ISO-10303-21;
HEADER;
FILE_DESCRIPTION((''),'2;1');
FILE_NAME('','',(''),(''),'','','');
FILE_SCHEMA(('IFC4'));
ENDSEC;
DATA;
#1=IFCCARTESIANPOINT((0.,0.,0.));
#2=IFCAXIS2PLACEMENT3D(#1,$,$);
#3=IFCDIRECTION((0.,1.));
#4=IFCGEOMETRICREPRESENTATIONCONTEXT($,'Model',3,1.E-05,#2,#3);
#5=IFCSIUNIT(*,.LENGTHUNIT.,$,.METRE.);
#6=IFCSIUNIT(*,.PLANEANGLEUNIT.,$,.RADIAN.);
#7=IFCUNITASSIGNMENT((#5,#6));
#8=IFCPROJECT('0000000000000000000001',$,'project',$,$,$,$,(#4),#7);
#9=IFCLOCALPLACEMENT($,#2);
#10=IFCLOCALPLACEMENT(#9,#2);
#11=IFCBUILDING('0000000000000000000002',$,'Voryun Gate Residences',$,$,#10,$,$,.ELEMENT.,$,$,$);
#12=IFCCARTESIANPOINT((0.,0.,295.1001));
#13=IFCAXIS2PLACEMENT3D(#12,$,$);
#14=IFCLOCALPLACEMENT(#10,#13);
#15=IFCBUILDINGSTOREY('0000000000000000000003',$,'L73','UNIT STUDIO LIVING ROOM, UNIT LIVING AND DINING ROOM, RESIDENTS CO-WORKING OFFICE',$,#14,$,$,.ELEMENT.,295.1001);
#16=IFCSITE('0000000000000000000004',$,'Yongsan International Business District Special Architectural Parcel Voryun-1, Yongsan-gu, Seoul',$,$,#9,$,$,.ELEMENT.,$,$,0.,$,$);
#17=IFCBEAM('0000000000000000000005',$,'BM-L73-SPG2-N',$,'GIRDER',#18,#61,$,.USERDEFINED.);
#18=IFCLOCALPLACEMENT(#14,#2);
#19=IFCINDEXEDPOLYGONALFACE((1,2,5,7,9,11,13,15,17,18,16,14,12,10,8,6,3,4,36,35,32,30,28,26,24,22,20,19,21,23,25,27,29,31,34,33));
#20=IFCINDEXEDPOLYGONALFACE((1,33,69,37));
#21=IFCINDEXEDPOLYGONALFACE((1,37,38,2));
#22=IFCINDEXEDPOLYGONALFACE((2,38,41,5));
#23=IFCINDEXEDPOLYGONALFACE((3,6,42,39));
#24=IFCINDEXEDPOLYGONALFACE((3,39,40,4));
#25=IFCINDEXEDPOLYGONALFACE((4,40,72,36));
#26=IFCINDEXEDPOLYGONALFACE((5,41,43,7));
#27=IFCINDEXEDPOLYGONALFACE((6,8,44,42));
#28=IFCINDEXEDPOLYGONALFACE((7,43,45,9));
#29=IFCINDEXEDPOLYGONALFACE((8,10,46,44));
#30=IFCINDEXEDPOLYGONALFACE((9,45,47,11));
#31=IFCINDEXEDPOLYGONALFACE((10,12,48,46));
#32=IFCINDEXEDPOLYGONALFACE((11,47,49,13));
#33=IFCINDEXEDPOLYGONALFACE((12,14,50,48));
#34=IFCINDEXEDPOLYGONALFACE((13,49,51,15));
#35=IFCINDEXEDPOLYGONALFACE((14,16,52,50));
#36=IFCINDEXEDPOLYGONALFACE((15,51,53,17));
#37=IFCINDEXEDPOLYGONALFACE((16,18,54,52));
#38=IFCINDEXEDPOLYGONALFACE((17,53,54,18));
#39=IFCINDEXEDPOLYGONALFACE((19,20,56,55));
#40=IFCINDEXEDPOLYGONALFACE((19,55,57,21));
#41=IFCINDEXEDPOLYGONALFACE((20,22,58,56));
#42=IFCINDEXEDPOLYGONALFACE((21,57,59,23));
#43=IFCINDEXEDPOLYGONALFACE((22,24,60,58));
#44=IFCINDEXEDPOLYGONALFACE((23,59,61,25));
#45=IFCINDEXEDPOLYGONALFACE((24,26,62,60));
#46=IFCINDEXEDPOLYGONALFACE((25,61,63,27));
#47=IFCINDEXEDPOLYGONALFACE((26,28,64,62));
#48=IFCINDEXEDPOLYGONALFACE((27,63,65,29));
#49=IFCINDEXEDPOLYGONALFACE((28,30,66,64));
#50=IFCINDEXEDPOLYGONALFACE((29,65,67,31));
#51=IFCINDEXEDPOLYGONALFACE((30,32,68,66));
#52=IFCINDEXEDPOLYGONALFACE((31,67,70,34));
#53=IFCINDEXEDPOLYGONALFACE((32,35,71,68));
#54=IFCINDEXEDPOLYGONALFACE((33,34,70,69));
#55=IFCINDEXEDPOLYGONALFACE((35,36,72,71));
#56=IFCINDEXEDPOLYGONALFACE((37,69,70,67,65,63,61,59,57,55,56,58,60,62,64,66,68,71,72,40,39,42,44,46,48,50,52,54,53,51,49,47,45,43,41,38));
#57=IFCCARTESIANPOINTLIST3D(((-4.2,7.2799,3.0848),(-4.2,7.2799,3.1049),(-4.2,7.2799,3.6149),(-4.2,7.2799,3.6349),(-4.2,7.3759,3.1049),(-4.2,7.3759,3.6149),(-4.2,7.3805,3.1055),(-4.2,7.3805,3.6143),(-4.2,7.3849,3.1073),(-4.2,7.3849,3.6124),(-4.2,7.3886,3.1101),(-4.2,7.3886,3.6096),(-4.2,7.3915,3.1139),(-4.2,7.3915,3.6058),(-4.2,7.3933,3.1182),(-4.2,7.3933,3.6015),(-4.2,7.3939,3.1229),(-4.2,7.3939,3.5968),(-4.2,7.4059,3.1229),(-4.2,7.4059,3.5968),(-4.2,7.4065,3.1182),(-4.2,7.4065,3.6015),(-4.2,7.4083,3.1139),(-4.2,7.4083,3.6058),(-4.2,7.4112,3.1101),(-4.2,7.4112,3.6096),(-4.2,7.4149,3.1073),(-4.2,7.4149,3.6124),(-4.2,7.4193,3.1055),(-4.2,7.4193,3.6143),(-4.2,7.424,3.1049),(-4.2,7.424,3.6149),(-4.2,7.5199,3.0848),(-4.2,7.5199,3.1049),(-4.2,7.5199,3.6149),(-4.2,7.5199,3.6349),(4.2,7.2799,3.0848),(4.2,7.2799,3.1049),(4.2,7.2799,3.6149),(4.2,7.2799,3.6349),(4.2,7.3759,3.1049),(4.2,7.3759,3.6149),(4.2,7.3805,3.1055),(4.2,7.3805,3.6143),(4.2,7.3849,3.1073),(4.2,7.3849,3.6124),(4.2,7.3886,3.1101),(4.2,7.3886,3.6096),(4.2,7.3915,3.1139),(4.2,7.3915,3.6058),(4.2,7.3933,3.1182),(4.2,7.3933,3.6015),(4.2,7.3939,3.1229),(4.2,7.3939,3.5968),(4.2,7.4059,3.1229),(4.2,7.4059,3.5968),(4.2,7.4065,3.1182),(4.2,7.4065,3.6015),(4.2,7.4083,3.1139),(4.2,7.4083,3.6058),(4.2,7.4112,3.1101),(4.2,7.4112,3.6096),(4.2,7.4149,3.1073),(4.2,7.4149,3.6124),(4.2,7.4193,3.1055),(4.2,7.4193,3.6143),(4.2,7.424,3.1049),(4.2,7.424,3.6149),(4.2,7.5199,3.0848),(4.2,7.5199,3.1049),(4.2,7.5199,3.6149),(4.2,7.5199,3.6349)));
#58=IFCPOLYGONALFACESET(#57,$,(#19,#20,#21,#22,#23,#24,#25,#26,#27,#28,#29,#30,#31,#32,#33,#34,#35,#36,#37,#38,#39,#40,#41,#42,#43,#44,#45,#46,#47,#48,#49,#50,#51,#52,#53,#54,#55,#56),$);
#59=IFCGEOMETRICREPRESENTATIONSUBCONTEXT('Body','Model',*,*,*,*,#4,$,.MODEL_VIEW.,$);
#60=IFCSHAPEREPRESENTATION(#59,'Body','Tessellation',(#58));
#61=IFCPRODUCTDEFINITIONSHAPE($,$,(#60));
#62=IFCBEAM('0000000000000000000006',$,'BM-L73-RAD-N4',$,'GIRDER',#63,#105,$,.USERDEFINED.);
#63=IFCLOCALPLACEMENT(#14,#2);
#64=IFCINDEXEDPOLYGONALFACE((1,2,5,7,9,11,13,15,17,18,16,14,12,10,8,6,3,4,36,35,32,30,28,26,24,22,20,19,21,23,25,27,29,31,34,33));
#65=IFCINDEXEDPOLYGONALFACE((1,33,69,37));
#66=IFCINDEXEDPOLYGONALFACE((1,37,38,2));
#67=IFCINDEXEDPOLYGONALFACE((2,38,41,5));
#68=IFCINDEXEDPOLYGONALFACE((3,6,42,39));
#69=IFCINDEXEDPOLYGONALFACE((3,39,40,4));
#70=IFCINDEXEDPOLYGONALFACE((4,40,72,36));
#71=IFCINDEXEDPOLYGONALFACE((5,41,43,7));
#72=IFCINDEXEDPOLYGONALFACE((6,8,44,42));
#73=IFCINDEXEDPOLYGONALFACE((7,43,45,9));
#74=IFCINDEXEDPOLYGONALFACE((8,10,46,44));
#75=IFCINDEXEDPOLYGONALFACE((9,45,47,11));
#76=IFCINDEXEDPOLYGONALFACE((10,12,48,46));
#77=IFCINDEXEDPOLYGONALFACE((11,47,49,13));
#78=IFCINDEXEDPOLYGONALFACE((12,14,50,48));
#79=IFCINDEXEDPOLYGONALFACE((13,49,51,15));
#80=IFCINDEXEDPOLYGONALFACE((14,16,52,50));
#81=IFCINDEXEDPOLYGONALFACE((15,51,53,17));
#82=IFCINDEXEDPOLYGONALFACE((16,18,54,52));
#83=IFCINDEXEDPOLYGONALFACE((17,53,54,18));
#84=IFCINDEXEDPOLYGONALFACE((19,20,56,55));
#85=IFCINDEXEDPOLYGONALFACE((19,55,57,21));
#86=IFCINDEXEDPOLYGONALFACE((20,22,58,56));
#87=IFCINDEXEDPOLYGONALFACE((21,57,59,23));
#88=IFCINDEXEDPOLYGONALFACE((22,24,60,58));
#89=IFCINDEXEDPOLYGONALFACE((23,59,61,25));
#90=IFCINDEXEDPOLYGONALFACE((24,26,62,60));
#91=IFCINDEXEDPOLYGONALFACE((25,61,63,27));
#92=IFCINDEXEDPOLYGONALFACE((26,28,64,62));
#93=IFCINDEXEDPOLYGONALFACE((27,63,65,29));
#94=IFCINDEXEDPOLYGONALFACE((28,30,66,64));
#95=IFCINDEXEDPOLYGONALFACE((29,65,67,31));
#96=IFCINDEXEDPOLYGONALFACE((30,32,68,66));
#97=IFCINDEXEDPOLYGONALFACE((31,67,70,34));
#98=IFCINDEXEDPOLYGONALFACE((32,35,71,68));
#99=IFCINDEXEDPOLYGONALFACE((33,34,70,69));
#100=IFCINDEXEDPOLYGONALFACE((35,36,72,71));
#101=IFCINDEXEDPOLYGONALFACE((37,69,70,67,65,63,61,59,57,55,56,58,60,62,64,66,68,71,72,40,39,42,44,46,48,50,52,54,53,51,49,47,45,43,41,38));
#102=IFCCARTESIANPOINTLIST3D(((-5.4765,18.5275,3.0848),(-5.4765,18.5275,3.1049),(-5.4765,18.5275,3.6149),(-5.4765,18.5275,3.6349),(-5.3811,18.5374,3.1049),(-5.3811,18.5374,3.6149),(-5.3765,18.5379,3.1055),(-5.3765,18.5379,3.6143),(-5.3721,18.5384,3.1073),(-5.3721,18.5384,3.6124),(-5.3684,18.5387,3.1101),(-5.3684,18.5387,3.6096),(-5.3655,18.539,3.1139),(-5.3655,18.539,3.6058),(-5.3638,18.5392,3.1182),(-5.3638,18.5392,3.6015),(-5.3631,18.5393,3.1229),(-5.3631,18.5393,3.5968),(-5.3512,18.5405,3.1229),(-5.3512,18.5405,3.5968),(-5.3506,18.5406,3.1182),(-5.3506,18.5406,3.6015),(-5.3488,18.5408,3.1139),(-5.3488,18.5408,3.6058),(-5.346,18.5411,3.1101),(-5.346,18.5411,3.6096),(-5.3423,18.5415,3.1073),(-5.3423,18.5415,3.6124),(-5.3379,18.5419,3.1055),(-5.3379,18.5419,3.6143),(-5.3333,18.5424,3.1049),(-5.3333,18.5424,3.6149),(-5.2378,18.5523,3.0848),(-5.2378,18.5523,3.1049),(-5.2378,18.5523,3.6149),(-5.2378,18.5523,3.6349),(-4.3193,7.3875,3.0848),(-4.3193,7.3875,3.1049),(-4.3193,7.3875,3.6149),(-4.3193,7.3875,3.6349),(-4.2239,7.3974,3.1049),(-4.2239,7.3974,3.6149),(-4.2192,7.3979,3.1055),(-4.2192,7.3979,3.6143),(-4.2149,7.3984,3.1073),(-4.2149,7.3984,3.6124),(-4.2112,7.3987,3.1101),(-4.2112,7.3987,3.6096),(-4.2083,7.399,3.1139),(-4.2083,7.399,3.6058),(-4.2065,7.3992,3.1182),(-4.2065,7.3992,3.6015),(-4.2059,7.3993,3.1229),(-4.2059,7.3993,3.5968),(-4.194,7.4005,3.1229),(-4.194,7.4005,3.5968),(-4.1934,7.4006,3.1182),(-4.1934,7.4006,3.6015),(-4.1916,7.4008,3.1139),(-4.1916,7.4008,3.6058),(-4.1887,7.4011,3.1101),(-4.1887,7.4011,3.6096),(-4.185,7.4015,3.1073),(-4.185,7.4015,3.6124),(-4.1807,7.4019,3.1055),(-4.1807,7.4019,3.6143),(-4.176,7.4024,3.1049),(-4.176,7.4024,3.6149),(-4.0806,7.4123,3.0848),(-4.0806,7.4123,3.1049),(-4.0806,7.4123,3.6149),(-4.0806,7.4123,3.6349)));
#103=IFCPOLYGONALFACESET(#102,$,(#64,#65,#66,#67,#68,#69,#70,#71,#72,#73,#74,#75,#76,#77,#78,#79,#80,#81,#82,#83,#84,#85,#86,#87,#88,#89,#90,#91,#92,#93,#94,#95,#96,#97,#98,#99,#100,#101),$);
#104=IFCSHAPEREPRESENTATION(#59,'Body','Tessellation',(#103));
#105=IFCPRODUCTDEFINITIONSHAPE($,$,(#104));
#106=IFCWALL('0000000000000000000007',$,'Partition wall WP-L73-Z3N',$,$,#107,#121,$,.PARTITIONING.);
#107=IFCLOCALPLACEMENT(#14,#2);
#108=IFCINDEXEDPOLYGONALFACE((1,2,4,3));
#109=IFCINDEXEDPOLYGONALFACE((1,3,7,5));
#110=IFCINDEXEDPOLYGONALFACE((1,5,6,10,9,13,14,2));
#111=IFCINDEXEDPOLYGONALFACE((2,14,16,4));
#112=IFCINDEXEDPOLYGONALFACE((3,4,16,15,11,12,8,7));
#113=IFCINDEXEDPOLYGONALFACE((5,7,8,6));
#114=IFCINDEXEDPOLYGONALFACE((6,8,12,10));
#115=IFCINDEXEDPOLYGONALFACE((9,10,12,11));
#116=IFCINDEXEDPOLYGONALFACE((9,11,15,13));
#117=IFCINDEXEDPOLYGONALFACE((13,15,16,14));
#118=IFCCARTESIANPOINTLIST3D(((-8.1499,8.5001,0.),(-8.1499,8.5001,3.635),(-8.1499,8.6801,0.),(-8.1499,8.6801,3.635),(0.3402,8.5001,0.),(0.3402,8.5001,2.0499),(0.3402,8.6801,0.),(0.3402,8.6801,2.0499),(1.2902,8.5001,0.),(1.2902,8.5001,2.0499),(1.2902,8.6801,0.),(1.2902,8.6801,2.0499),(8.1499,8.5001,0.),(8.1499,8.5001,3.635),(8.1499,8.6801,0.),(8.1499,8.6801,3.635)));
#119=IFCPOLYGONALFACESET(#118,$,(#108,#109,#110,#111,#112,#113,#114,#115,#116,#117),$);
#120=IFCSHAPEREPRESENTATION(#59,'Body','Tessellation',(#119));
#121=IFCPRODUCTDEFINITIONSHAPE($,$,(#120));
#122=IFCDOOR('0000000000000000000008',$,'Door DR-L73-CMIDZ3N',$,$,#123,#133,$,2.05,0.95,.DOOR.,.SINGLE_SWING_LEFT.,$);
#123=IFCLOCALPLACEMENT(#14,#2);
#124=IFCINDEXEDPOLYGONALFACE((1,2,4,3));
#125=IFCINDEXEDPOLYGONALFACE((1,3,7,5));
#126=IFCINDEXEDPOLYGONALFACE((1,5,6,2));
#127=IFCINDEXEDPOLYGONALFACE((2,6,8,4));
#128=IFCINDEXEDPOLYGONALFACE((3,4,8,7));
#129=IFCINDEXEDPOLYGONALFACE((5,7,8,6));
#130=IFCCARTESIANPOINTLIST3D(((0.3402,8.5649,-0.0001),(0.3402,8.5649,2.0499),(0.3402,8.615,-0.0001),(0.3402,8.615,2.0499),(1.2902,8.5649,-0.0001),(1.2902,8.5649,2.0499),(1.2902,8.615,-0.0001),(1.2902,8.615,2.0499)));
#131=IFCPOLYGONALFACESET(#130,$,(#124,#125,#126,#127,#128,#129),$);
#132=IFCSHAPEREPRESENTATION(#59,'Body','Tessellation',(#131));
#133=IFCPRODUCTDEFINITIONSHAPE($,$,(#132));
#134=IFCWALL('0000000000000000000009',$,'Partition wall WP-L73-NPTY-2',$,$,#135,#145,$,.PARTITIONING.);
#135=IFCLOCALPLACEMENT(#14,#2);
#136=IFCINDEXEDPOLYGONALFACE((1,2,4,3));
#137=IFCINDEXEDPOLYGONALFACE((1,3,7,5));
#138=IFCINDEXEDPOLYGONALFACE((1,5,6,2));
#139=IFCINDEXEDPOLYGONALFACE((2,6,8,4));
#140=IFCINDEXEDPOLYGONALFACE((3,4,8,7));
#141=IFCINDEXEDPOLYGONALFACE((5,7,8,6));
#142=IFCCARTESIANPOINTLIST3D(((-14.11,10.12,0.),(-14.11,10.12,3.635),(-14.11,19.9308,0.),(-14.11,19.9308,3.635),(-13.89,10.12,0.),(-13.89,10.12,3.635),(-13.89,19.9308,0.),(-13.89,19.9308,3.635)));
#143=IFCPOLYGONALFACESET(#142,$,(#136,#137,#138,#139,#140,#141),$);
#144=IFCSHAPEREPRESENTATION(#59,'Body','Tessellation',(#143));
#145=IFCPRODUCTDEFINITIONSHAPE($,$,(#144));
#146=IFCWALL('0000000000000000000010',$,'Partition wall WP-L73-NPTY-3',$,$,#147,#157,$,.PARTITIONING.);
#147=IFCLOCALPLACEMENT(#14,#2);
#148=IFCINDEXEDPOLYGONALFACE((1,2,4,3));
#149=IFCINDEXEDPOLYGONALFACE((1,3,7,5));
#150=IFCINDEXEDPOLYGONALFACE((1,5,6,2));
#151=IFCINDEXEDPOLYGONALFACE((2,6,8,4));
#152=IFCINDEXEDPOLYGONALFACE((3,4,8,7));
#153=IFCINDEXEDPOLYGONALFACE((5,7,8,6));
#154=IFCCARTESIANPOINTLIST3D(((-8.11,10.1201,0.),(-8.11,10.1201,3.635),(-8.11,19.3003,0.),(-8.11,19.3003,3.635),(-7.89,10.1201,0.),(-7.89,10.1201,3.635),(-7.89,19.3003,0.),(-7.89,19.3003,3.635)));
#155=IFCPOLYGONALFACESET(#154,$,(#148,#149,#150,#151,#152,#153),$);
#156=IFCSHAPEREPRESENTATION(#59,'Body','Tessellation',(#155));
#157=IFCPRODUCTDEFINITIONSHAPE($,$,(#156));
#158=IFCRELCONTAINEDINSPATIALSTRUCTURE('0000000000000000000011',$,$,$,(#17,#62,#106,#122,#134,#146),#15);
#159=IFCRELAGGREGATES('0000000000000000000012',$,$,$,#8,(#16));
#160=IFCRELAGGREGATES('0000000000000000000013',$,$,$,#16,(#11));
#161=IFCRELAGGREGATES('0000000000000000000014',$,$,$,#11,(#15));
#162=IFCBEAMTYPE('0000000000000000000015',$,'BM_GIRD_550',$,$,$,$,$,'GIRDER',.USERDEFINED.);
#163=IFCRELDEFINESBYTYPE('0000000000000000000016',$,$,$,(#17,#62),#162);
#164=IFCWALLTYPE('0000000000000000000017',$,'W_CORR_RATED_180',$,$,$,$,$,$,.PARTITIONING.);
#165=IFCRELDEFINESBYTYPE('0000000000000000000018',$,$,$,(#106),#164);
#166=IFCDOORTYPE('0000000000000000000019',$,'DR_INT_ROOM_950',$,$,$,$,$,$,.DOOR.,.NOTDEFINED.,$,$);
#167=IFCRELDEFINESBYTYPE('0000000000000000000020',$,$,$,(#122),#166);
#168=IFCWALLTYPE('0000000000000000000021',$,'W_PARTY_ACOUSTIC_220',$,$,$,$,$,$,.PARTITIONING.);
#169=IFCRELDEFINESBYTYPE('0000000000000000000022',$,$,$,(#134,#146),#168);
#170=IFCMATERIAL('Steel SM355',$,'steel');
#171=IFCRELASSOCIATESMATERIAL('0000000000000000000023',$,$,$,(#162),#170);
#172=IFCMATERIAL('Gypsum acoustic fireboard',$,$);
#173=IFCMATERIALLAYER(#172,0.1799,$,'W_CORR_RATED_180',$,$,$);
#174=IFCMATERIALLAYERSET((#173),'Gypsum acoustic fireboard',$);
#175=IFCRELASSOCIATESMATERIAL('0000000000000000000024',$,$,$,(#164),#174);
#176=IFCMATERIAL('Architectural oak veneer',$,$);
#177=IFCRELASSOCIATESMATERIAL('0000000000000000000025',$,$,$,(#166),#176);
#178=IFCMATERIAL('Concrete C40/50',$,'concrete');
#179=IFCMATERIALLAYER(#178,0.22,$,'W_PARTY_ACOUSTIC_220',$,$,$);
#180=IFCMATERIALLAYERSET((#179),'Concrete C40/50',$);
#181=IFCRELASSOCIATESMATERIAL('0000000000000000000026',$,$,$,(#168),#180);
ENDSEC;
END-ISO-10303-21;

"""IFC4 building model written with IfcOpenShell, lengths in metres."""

from ifc_helpers import new_model, si_unit, direction, frame, frame_2d, origin, origin_2d, place, context, subcontext, project, spatial, rectangle, i_section, extrude, material, layer, layer_set, material_profile, profile_set, type_object, element, fill, save


model = new_model("IFC4")

# Units and contexts
model_context = context("Model", 3, precision=1e-05, world=origin(), true_north=direction((0.0, 1.0)))
body_context = subcontext(model_context, "Body", "Model", "MODEL_VIEW")
ifc_project = project(units=[si_unit("LENGTHUNIT", "METRE"), si_unit("PLANEANGLEUNIT", "RADIAN")], contexts=[model_context])

# Site, building, storey
site_placement = place(None, origin())
site = spatial("IfcSite", under=ifc_project, at=site_placement, Name="Yongsan International Business District Special Architectural Parcel Voryun-1, Yongsan-gu, Seoul", CompositionType="ELEMENT", RefElevation=0.0)
building_placement = place(site_placement, origin())
building = spatial("IfcBuilding", under=site, at=building_placement, Name="Voryun Gate Residences", CompositionType="ELEMENT")
storey_placement = place(building_placement, frame((0.0, 0.0, 295.1001)))
storey = spatial("IfcBuildingStorey", under=building, at=storey_placement, Name="L73", Description="UNIT STUDIO LIVING ROOM, UNIT LIVING AND DINING ROOM, RESIDENTS CO-WORKING OFFICE", CompositionType="ELEMENT", Elevation=295.1001)

# Beams
ifc_material_1 = material(Name="Steel SM355", Category="steel")
ifc_material_profile_1 = material_profile(ifc_material_1, i_section(OverallWidth=0.24, OverallDepth=0.55, WebThickness=0.012, FlangeThickness=0.02, FilletRadius=0.0181, at=origin_2d()), Name="H-550x240x12x20")
ifc_profile_set_1 = profile_set([ifc_material_profile_1], Name="Steel SM355")
beam_type_1 = type_object("IfcBeamType", Name="BM_GIRD_550", ElementType="GIRDER", PredefinedType="USERDEFINED", material=ifc_profile_set_1)
beam_1_placement = place(storey_placement, frame((-4.2, 7.3999, 3.3599), z_axis=(1.0, 0.0, 0.0), x_axis=(0.0, 1.0, 0.0)))
element("IfcBeam", 1, at=beam_1_placement, inside=storey, type_object=beam_type_1, Name="BM-L73-SPG2-N", ObjectType="GIRDER", PredefinedType="USERDEFINED", context=body_context, shape_type="SweptSolid", body=[
    extrude(i_section(OverallWidth=0.24, OverallDepth=0.55, WebThickness=0.012, FlangeThickness=0.02, FilletRadius=0.0181, at=origin_2d()), origin(), (0.0, 0.0, 1.0), 8.3999),
])
beam_2_placement = place(storey_placement, frame((-4.2, 7.3999, 3.3599), z_axis=(-0.103325, 0.994648, 0.0), x_axis=(-0.994648, -0.103325, 0.0)))
element("IfcBeam", 2, at=beam_2_placement, inside=storey, type_object=beam_type_1, Name="BM-L73-RAD-N4", ObjectType="GIRDER", PredefinedType="USERDEFINED", context=body_context, shape_type="SweptSolid", body=[
    extrude(i_section(OverallWidth=0.24, OverallDepth=0.55, WebThickness=0.012, FlangeThickness=0.02, FilletRadius=0.0181, at=origin_2d()), origin(), (0.0, 0.0, 1.0), 11.2),
])

# Wall, opening, door
ifc_material_2 = material(Name="Gypsum acoustic fireboard")
ifc_layer_1 = layer(ifc_material_2, 0.1799, Name="W_CORR_RATED_180")
ifc_layer_set_1 = layer_set([ifc_layer_1], Name="Gypsum acoustic fireboard")
wall_type_1 = type_object("IfcWallType", Name="W_CORR_RATED_180", PredefinedType="PARTITIONING", material=ifc_layer_set_1)
wall_1_placement = place(storey_placement, frame((-8.1499, 8.5901, 0.0), z_axis=(0.0, 0.0, 1.0), x_axis=(1.0, 0.0, 0.0)))
wall_1 = element("IfcWall", 3, at=wall_1_placement, inside=storey, type_object=wall_type_1, Name="Partition wall WP-L73-Z3N", PredefinedType="PARTITIONING", context=body_context, shape_type="SweptSolid", body=[
    extrude(rectangle(XDim=16.2998, YDim=0.1799, at=frame_2d((8.1499, 0.0))), origin(), (0.0, 0.0, 1.0), 3.635),
])
opening_1_placement = place(wall_1_placement, frame((8.49, 0.0, 0.0)))
opening_1 = element("IfcOpeningElement", 4, at=opening_1_placement, cuts=wall_1, PredefinedType="OPENING", context=body_context, shape_type="SweptSolid", body=[
    extrude(rectangle(XDim=0.95, YDim=2.05, at=frame_2d((0.4751, 1.0249))), frame((0.0, 0.0999, 0.0), z_axis=(0.0, -1.0, 0.0), x_axis=(1.0, 0.0, 0.0)), (0.0, 0.0, 1.0), 0.2),
])
ifc_material_3 = material(Name="Architectural oak veneer")
door_type_1 = type_object("IfcDoorType", Name="DR_INT_ROOM_950", OperationType="NOTDEFINED", PredefinedType="DOOR", material=ifc_material_3)
door_1_placement = place(opening_1_placement, origin())
door_1 = element("IfcDoor", 5, at=door_1_placement, inside=storey, type_object=door_type_1, Name="Door DR-L73-CMIDZ3N", OperationType="SINGLE_SWING_LEFT", OverallHeight=2.05, OverallWidth=0.95, PredefinedType="DOOR", context=body_context, shape_type="SweptSolid", body=[
    extrude(rectangle(XDim=0.95, YDim=2.05, at=frame_2d((0.4751, 1.0249))), frame((0.0, 0.0249, 0.0), z_axis=(0.0, -1.0, 0.0), x_axis=(1.0, 0.0, 0.0)), (0.0, 0.0, 1.0), 0.05),
])
fill(opening_1, door_1)

# Walls
ifc_material_4 = material(Name="Concrete C40/50", Category="concrete")
ifc_layer_2 = layer(ifc_material_4, 0.22, Name="W_PARTY_ACOUSTIC_220")
ifc_layer_set_2 = layer_set([ifc_layer_2], Name="Concrete C40/50")
wall_type_2 = type_object("IfcWallType", Name="W_PARTY_ACOUSTIC_220", PredefinedType="PARTITIONING", material=ifc_layer_set_2)
wall_2_placement = place(storey_placement, frame((-14.0, 10.1201, 0.0), z_axis=(0.0, 0.0, 1.0), x_axis=(0.0, 1.0, 0.0)))
element("IfcWall", 6, at=wall_2_placement, inside=storey, type_object=wall_type_2, Name="Partition wall WP-L73-NPTY-2", PredefinedType="PARTITIONING", context=body_context, shape_type="SweptSolid", body=[
    extrude(rectangle(XDim=9.8108, YDim=0.22, at=frame_2d((4.9053, 0.0))), origin(), (0.0, 0.0, 1.0), 3.635),
])
wall_3_placement = place(storey_placement, frame((-8.0, 10.1201, 0.0), z_axis=(0.0, 0.0, 1.0), x_axis=(0.0, 1.0, 0.0)))
element("IfcWall", 7, at=wall_3_placement, inside=storey, type_object=wall_type_2, Name="Partition wall WP-L73-NPTY-3", PredefinedType="PARTITIONING", context=body_context, shape_type="SweptSolid", body=[
    extrude(rectangle(XDim=9.1802, YDim=0.22, at=frame_2d((4.5901, 0.0))), origin(), (0.0, 0.0, 1.0), 3.635),
])

save(model, "model.ifc")
